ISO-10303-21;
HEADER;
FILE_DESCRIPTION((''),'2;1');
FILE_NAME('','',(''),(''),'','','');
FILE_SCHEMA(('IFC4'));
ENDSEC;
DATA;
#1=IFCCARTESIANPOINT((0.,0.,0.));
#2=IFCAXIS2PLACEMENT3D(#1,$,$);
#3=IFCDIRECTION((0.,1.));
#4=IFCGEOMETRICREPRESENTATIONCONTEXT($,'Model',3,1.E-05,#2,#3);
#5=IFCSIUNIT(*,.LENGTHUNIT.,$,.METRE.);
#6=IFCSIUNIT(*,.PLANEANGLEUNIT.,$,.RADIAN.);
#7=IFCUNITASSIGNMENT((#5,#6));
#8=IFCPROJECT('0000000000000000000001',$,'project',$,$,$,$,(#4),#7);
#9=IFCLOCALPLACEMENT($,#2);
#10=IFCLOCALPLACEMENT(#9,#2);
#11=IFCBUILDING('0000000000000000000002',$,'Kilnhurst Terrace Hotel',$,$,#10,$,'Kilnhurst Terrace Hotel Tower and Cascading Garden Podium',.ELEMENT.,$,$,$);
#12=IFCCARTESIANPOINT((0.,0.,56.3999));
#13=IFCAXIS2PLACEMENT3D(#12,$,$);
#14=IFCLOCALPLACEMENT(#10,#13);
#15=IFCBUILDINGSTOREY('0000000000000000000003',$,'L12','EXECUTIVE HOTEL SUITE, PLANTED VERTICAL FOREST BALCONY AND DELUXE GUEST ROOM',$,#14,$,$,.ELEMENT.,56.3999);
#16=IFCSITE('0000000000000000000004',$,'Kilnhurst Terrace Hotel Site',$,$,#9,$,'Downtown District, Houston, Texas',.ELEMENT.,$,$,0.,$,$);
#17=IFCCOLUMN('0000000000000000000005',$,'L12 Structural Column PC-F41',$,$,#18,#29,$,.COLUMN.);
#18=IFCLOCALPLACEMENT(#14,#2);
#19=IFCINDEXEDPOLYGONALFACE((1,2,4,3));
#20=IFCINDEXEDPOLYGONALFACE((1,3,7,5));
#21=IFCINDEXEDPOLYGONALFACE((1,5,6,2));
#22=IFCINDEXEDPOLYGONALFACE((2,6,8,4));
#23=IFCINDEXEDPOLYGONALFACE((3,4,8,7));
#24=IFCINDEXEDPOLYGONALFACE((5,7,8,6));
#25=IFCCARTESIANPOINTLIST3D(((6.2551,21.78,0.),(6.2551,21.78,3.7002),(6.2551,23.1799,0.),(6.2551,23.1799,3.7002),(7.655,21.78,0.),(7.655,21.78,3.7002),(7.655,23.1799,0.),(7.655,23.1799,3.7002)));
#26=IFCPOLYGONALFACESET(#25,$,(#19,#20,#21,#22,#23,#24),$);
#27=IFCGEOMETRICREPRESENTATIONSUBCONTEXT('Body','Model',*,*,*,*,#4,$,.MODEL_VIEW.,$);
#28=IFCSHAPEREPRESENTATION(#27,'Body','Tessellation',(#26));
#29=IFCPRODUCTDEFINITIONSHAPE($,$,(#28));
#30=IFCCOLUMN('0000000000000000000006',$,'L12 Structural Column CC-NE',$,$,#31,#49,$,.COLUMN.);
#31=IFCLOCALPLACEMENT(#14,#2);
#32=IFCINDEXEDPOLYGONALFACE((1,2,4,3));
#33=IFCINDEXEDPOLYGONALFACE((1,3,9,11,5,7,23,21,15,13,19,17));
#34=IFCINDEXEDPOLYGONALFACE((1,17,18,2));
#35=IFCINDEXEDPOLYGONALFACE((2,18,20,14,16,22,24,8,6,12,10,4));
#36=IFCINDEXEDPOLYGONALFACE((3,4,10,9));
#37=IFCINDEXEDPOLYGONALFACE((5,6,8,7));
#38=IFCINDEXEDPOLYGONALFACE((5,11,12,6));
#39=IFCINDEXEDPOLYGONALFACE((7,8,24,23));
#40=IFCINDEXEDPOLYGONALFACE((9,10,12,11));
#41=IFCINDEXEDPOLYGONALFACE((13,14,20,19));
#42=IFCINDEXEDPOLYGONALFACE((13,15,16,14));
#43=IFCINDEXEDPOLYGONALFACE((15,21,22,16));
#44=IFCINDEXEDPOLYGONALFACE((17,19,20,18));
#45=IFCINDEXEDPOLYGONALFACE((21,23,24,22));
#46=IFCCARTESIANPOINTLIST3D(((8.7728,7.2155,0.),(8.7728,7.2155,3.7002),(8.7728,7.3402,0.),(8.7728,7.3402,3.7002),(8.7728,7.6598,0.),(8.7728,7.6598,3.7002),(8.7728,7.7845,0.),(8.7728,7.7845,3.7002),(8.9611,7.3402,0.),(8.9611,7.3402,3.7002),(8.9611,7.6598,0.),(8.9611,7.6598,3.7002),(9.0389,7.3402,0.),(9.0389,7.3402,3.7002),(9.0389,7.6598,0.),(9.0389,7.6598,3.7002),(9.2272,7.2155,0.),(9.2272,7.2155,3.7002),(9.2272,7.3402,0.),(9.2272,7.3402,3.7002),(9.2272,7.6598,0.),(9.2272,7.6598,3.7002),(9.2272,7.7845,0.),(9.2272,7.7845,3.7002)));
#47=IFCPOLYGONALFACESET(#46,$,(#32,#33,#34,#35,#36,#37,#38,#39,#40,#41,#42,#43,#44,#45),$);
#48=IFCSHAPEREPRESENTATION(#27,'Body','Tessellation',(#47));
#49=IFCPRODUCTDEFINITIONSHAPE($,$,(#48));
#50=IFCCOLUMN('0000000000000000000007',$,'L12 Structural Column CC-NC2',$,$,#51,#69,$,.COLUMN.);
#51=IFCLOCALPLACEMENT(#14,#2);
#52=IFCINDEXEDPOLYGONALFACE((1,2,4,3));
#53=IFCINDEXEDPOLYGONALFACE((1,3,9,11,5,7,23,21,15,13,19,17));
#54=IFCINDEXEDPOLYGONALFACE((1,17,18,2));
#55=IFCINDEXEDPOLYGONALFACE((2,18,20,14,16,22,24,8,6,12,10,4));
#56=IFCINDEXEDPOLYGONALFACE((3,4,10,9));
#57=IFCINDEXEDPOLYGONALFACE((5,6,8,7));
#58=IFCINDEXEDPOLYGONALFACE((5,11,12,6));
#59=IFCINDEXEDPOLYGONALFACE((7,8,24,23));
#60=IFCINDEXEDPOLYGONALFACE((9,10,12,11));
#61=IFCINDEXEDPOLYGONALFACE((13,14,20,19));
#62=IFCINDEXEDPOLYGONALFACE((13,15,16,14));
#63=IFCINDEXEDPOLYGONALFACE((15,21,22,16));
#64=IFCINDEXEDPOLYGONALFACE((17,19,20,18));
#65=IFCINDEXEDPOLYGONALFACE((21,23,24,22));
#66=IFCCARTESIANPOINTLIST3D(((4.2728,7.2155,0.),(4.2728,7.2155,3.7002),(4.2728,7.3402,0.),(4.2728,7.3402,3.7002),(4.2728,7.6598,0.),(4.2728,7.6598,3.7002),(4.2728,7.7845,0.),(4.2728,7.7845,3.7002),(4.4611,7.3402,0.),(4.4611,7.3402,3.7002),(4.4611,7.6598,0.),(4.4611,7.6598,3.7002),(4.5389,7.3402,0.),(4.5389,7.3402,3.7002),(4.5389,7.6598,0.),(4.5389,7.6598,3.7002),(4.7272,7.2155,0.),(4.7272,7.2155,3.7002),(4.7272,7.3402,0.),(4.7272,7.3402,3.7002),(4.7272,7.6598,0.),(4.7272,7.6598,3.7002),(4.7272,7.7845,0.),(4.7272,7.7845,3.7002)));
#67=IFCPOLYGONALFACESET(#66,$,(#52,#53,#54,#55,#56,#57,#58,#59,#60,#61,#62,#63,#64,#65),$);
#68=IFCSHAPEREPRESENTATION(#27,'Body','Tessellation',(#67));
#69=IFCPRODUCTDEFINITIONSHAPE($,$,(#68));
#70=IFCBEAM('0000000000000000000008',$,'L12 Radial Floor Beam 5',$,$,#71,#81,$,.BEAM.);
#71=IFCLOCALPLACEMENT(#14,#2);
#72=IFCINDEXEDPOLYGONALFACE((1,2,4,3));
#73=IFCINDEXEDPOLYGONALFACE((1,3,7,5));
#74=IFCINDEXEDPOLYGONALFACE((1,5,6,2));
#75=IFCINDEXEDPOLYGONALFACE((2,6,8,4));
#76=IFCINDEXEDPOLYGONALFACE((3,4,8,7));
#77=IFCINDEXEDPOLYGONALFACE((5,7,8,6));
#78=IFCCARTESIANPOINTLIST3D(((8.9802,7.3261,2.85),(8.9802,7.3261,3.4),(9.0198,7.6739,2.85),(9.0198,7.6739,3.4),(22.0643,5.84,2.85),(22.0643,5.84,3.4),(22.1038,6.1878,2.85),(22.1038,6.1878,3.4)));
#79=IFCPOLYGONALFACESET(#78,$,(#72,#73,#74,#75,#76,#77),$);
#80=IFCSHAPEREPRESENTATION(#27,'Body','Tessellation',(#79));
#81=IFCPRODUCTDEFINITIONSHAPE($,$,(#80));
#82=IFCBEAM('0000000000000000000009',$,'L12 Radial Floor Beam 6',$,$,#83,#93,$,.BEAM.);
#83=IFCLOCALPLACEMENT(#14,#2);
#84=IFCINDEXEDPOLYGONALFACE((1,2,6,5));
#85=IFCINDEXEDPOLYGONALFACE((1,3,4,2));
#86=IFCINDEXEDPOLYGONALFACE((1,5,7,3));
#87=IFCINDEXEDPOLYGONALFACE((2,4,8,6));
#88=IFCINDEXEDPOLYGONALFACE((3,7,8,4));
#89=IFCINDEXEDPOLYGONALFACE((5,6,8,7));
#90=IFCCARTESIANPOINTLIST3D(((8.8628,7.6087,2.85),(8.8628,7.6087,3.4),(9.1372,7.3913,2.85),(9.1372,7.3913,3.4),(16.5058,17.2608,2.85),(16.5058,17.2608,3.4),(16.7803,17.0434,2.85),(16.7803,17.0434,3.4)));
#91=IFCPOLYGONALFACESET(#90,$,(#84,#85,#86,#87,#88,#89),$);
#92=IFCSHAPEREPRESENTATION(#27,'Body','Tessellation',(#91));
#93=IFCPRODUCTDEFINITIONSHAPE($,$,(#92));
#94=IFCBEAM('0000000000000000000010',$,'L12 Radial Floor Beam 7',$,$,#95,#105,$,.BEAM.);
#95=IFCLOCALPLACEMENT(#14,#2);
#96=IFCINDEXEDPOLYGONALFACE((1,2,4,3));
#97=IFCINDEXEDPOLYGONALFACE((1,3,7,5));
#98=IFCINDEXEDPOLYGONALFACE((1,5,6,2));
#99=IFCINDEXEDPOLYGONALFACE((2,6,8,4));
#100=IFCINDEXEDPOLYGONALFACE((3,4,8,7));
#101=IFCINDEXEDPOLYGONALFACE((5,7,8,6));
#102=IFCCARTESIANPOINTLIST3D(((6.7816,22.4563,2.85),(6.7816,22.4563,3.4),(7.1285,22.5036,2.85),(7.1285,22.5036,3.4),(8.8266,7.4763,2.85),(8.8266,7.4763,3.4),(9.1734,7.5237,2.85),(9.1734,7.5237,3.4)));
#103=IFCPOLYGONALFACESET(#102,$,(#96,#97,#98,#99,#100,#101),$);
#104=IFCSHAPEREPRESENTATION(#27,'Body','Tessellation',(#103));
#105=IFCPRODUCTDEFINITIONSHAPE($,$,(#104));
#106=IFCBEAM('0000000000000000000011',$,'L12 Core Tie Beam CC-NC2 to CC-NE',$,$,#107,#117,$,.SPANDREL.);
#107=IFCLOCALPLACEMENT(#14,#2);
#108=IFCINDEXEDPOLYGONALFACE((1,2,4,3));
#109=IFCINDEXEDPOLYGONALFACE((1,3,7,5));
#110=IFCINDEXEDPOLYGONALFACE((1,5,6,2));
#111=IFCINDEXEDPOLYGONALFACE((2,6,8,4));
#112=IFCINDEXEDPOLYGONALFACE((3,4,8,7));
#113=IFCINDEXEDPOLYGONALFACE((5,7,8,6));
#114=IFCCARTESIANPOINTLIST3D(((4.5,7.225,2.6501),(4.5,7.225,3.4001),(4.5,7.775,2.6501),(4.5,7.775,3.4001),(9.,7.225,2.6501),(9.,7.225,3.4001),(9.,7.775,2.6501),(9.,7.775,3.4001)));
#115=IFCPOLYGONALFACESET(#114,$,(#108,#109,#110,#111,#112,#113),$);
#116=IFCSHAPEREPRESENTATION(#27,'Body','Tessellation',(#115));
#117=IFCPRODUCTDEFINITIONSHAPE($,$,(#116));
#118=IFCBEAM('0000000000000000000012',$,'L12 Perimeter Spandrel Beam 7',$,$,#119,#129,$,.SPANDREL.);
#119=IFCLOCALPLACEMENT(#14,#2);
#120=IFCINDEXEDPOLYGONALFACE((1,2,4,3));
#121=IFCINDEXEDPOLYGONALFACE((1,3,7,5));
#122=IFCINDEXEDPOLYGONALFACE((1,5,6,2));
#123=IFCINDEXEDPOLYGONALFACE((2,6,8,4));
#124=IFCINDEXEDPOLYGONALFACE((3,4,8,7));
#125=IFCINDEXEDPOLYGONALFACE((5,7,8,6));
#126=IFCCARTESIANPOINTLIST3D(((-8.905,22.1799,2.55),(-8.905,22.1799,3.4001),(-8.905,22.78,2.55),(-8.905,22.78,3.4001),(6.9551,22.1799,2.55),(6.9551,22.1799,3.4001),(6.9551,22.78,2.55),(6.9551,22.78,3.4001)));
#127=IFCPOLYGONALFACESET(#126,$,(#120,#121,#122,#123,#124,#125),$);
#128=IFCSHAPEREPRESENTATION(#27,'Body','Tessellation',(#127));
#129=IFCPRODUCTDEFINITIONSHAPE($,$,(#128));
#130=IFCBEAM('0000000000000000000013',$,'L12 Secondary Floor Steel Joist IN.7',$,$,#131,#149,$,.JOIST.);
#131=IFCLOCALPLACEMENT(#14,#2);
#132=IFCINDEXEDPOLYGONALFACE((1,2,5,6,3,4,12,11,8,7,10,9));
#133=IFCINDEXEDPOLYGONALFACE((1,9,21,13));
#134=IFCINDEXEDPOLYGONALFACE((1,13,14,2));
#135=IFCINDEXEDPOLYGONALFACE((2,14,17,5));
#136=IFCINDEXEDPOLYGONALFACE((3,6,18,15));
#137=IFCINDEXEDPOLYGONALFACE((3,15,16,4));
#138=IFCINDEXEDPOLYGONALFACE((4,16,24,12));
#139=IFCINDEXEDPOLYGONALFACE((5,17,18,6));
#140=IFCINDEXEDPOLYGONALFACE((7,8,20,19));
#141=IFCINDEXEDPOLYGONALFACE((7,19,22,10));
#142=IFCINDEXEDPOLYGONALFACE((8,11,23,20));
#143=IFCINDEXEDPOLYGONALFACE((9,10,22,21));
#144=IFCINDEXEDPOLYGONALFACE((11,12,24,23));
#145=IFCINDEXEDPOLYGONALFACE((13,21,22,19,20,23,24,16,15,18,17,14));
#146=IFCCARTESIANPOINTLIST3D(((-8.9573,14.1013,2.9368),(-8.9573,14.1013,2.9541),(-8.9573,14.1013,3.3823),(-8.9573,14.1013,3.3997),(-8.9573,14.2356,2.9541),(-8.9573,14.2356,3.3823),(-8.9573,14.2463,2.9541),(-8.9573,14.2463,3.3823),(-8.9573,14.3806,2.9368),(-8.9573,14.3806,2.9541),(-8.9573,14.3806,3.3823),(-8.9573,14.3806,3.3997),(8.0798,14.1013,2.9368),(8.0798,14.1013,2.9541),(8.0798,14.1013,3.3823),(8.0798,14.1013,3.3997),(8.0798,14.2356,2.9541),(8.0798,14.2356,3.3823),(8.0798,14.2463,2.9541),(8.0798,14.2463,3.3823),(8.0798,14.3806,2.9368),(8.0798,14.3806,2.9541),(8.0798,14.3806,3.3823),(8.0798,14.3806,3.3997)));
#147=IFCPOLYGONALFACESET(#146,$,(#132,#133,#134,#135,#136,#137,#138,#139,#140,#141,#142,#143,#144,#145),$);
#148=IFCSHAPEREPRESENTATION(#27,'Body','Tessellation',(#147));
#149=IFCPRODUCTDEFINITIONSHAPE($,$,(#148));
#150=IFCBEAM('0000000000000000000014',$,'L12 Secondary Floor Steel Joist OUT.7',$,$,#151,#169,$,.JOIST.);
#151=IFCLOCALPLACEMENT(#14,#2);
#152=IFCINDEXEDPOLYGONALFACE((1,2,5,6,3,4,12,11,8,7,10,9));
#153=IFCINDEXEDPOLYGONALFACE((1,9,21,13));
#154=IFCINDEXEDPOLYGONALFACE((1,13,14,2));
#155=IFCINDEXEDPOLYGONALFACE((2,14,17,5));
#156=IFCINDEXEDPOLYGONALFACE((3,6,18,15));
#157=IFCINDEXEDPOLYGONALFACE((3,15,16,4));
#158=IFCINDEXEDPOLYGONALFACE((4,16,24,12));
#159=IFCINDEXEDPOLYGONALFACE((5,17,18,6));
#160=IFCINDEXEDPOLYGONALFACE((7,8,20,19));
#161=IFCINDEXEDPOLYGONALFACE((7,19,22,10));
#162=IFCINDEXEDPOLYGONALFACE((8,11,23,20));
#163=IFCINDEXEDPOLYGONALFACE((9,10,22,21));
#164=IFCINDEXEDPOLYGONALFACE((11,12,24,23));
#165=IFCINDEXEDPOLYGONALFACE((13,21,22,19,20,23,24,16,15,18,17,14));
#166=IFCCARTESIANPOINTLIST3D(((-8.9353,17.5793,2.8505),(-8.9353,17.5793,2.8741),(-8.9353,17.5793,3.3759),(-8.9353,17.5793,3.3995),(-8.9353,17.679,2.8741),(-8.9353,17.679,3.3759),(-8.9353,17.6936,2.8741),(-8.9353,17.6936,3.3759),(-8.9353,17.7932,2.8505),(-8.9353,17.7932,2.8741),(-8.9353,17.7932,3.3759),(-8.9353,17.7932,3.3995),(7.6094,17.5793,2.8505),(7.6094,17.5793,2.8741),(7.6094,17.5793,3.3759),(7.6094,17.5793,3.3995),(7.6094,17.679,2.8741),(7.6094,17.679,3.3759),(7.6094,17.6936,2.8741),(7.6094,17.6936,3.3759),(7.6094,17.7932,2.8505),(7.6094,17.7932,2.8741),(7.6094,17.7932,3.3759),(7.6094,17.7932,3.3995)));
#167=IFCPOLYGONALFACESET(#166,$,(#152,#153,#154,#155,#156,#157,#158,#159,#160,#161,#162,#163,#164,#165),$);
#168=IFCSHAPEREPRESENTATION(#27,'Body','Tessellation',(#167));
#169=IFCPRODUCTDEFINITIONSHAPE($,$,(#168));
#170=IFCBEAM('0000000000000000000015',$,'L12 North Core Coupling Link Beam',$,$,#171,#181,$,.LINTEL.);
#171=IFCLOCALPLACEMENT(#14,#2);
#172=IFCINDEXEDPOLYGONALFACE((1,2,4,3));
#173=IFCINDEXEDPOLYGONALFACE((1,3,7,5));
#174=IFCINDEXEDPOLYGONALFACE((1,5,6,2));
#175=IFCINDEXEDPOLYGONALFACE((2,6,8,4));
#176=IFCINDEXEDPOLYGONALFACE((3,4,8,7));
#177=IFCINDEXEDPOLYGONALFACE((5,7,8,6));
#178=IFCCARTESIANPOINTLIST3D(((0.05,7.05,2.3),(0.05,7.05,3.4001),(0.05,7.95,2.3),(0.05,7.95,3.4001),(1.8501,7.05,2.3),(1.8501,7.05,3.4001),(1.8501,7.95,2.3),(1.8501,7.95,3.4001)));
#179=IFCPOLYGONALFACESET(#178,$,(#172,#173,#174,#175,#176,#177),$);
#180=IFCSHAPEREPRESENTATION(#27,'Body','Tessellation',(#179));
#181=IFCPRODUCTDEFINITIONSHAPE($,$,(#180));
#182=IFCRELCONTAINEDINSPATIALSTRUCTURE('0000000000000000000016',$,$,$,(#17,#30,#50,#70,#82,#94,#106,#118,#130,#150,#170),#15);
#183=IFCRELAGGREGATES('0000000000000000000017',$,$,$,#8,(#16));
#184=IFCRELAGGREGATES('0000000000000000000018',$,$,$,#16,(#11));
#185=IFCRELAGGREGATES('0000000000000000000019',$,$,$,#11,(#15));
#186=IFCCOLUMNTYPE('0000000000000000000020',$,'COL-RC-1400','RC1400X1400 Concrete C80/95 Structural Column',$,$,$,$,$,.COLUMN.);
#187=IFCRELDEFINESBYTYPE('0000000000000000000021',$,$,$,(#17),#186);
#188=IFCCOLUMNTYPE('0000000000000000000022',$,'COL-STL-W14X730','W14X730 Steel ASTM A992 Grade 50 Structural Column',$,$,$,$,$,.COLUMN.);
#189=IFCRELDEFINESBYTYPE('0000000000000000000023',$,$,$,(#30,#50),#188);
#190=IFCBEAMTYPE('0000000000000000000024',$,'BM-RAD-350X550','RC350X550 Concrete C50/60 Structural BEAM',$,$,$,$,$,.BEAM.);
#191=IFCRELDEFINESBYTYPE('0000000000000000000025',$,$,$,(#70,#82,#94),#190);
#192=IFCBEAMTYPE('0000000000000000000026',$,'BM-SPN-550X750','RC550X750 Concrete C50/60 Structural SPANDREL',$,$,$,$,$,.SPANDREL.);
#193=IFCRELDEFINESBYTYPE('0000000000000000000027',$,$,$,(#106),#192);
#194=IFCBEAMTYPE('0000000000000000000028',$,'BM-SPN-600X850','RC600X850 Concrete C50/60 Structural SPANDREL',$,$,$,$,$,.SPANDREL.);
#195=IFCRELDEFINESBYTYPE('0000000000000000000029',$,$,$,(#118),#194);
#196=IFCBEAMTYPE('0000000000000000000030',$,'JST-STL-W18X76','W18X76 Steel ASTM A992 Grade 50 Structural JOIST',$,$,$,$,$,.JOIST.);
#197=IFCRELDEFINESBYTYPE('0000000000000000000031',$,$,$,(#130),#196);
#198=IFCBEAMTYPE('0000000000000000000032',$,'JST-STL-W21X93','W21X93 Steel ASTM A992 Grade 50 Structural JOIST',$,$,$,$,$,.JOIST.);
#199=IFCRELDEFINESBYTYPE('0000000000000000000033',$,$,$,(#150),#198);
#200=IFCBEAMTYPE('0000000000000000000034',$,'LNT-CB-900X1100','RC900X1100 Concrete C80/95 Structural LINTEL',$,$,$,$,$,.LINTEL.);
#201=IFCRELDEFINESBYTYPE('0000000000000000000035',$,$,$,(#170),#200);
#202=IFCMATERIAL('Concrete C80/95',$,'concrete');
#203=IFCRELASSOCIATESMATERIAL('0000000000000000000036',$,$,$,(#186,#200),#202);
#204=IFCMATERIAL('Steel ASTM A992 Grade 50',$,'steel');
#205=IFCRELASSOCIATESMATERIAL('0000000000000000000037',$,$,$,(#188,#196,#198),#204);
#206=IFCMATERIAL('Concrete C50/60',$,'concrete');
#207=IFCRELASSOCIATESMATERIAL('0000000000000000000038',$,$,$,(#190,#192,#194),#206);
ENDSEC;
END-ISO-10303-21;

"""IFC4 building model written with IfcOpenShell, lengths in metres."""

from ifc_helpers import new_model, si_unit, direction, frame, origin, origin_2d, place, context, subcontext, project, spatial, rectangle, i_section, extrude, material, material_profile, profile_set, type_object, element, save


model = new_model("IFC4")

# Units and contexts
model_context = context("Model", 3, precision=1e-05, world=origin(), true_north=direction((0.0, 1.0)))
body_context = subcontext(model_context, "Body", "Model", "MODEL_VIEW")
ifc_project = project(units=[si_unit("LENGTHUNIT", "METRE"), si_unit("PLANEANGLEUNIT", "RADIAN")], contexts=[model_context])

# Site, building, storey
site_placement = place(None, origin())
site = spatial("IfcSite", under=ifc_project, at=site_placement, Name="Kilnhurst Terrace Hotel Site", LongName="Downtown District, Houston, Texas", CompositionType="ELEMENT", RefElevation=0.0)
building_placement = place(site_placement, origin())
building = spatial("IfcBuilding", under=site, at=building_placement, Name="Kilnhurst Terrace Hotel", LongName="Kilnhurst Terrace Hotel Tower and Cascading Garden Podium", CompositionType="ELEMENT")
storey_placement = place(building_placement, frame((0.0, 0.0, 56.3999)))
storey = spatial("IfcBuildingStorey", under=building, at=storey_placement, Name="L12", Description="EXECUTIVE HOTEL SUITE, PLANTED VERTICAL FOREST BALCONY AND DELUXE GUEST ROOM", CompositionType="ELEMENT", Elevation=56.3999)

# Columns
ifc_material_1 = material(Name="Concrete C80/95", Category="concrete")
ifc_material_profile_1 = material_profile(ifc_material_1, rectangle(XDim=1.3999, YDim=1.3999, at=origin_2d()), Name="RC1400X1400")
ifc_profile_set_1 = profile_set([ifc_material_profile_1], Name="Concrete C80/95")
column_type_1 = type_object("IfcColumnType", Name="COL-RC-1400", Description="RC1400X1400 Concrete C80/95 Structural Column", PredefinedType="COLUMN", material=ifc_profile_set_1)
column_placement = place(storey_placement, frame((6.9551, 22.48, 0.0), z_axis=(0.0, 0.0, 1.0), x_axis=(1.0, 0.0, 0.0)))
element("IfcColumn", 1, at=column_placement, inside=storey, type_object=column_type_1, Name="L12 Structural Column PC-F41", PredefinedType="COLUMN", context=body_context, shape_type="SweptSolid", body=[
    extrude(rectangle(XDim=1.3999, YDim=1.3999, at=origin_2d()), origin(), (0.0, 0.0, 1.0), 3.7002),
])
ifc_material_2 = material(Name="Steel ASTM A992 Grade 50", Category="steel")
ifc_material_profile_2 = material_profile(ifc_material_2, i_section(OverallWidth=0.4543, OverallDepth=0.5691, WebThickness=0.0779, FlangeThickness=0.1248, at=origin_2d()), Name="W14X730")
ifc_profile_set_2 = profile_set([ifc_material_profile_2], Name="Steel ASTM A992 Grade 50")
column_type_2 = type_object("IfcColumnType", Name="COL-STL-W14X730", Description="W14X730 Steel ASTM A992 Grade 50 Structural Column", PredefinedType="COLUMN", material=ifc_profile_set_2)
for number, where, z_axis, x_axis, name in (
    (2, (9.0, 7.5, 0.0), (0.0, 0.0, 1.0), (1.0, 0.0, 0.0), "L12 Structural Column CC-NE"),
    (3, (4.5, 7.5, 0.0), (0.0, 0.0, 1.0), (1.0, 0.0, 0.0), "L12 Structural Column CC-NC2"),
):
    element("IfcColumn", number, at=place(storey_placement, frame(where, z_axis=z_axis, x_axis=x_axis)), inside=storey, type_object=column_type_2, Name=name, PredefinedType="COLUMN", context=body_context, shape_type="SweptSolid", body=[
        extrude(i_section(OverallWidth=0.4543, OverallDepth=0.5691, WebThickness=0.0779, FlangeThickness=0.1248, at=origin_2d()), origin(), (0.0, 0.0, 1.0), 3.7002),
    ])

# Beams
ifc_material_3 = material(Name="Concrete C50/60", Category="concrete")
ifc_material_profile_3 = material_profile(ifc_material_3, rectangle(XDim=0.3501, YDim=0.55, at=origin_2d()), Name="RC350X550")
ifc_profile_set_3 = profile_set([ifc_material_profile_3], Name="Concrete C50/60")
beam_type_1 = type_object("IfcBeamType", Name="BM-RAD-350X550", Description="RC350X550 Concrete C50/60 Structural BEAM", PredefinedType="BEAM", material=ifc_profile_set_3)
beam_1_placement = place(storey_placement, frame((9.0, 7.5, 3.125), z_axis=(0.993611, -0.112855, 0.0), x_axis=(0.112855, 0.993611, 0.0)))
element("IfcBeam", 4, at=beam_1_placement, inside=storey, type_object=beam_type_1, Name="L12 Radial Floor Beam 5", PredefinedType="BEAM", context=body_context, shape_type="SweptSolid", body=[
    extrude(rectangle(XDim=0.3501, YDim=0.55, at=origin_2d()), origin(), (0.0, 0.0, 1.0), 13.1682),
])
beam_2_placement = place(storey_placement, frame((9.0, 7.5, 3.125), z_axis=(0.620794, 0.783974, 0.0), x_axis=(-0.783974, 0.620794, 0.0)))
element("IfcBeam", 5, at=beam_2_placement, inside=storey, type_object=beam_type_1, Name="L12 Radial Floor Beam 6", PredefinedType="BEAM", context=body_context, shape_type="SweptSolid", body=[
    extrude(rectangle(XDim=0.3501, YDim=0.55, at=origin_2d()), origin(), (0.0, 0.0, 1.0), 12.3118),
])
beam_3_placement = place(storey_placement, frame((9.0, 7.5, 3.125), z_axis=(-0.135256, 0.990811, 0.0), x_axis=(-0.990811, -0.135256, 0.0)))
element("IfcBeam", 6, at=beam_3_placement, inside=storey, type_object=beam_type_1, Name="L12 Radial Floor Beam 7", PredefinedType="BEAM", context=body_context, shape_type="SweptSolid", body=[
    extrude(rectangle(XDim=0.3501, YDim=0.55, at=origin_2d()), origin(), (0.0, 0.0, 1.0), 15.1189),
])
ifc_material_profile_4 = material_profile(ifc_material_3, rectangle(XDim=0.55, YDim=0.75, at=origin_2d()), Name="RC550X750")
ifc_profile_set_4 = profile_set([ifc_material_profile_4], Name="Concrete C50/60")
beam_type_2 = type_object("IfcBeamType", Name="BM-SPN-550X750", Description="RC550X750 Concrete C50/60 Structural SPANDREL", PredefinedType="SPANDREL", material=ifc_profile_set_4)
beam_4_placement = place(storey_placement, frame((4.5, 7.5, 3.0251), z_axis=(1.0, 0.0, 0.0), x_axis=(0.0, 1.0, 0.0)))
element("IfcBeam", 7, at=beam_4_placement, inside=storey, type_object=beam_type_2, Name="L12 Core Tie Beam CC-NC2 to CC-NE", PredefinedType="SPANDREL", context=body_context, shape_type="SweptSolid", body=[
    extrude(rectangle(XDim=0.55, YDim=0.75, at=origin_2d()), origin(), (0.0, 0.0, 1.0), 4.5),
])
ifc_material_profile_5 = material_profile(ifc_material_3, rectangle(XDim=0.6001, YDim=0.8501, at=origin_2d()), Name="RC600X850")
ifc_profile_set_5 = profile_set([ifc_material_profile_5], Name="Concrete C50/60")
beam_type_3 = type_object("IfcBeamType", Name="BM-SPN-600X850", Description="RC600X850 Concrete C50/60 Structural SPANDREL", PredefinedType="SPANDREL", material=ifc_profile_set_5)
beam_5_placement = place(storey_placement, frame((6.9551, 22.48, 2.9751), z_axis=(-1.0, 0.0, 0.0), x_axis=(0.0, -1.0, 0.0)))
element("IfcBeam", 8, at=beam_5_placement, inside=storey, type_object=beam_type_3, Name="L12 Perimeter Spandrel Beam 7", PredefinedType="SPANDREL", context=body_context, shape_type="SweptSolid", body=[
    extrude(rectangle(XDim=0.6001, YDim=0.8501, at=origin_2d()), origin(), (0.0, 0.0, 1.0), 15.8601),
])
ifc_material_profile_6 = material_profile(ifc_material_2, i_section(OverallWidth=0.2793, OverallDepth=0.4629, WebThickness=0.0107, FlangeThickness=0.0173, at=origin_2d()), Name="W18X76")
ifc_profile_set_6 = profile_set([ifc_material_profile_6], Name="Steel ASTM A992 Grade 50")
beam_type_4 = type_object("IfcBeamType", Name="JST-STL-W18X76", Description="W18X76 Steel ASTM A992 Grade 50 Structural JOIST", PredefinedType="JOIST", material=ifc_profile_set_6)
beam_6_placement = place(storey_placement, frame((8.0798, 14.241, 3.1682), z_axis=(-1.0, 0.0, 0.0), x_axis=(0.0, -1.0, 0.0)))
element("IfcBeam", 9, at=beam_6_placement, inside=storey, type_object=beam_type_4, Name="L12 Secondary Floor Steel Joist IN.7", PredefinedType="JOIST", context=body_context, shape_type="SweptSolid", body=[
    extrude(i_section(OverallWidth=0.2793, OverallDepth=0.4629, WebThickness=0.0107, FlangeThickness=0.0173, at=origin_2d()), origin(), (0.0, 0.0, 1.0), 17.0371),
])
ifc_material_profile_7 = material_profile(ifc_material_2, i_section(OverallWidth=0.2139, OverallDepth=0.5491, WebThickness=0.0146, FlangeThickness=0.0237, at=origin_2d()), Name="W21X93")
ifc_profile_set_7 = profile_set([ifc_material_profile_7], Name="Steel ASTM A992 Grade 50")
beam_type_5 = type_object("IfcBeamType", Name="JST-STL-W21X93", Description="W21X93 Steel ASTM A992 Grade 50 Structural JOIST", PredefinedType="JOIST", material=ifc_profile_set_7)
beam_7_placement = place(storey_placement, frame((7.6094, 17.6863, 3.125), z_axis=(-1.0, 0.0, 0.0), x_axis=(0.0, -1.0, 0.0)))
element("IfcBeam", 10, at=beam_7_placement, inside=storey, type_object=beam_type_5, Name="L12 Secondary Floor Steel Joist OUT.7", PredefinedType="JOIST", context=body_context, shape_type="SweptSolid", body=[
    extrude(i_section(OverallWidth=0.2139, OverallDepth=0.5491, WebThickness=0.0146, FlangeThickness=0.0237, at=origin_2d()), origin(), (0.0, 0.0, 1.0), 16.5447),
])
ifc_material_profile_8 = material_profile(ifc_material_1, rectangle(XDim=0.8999, YDim=1.1001, at=origin_2d()), Name="RC900X1100")
ifc_profile_set_8 = profile_set([ifc_material_profile_8], Name="Concrete C80/95")
beam_type_6 = type_object("IfcBeamType", Name="LNT-CB-900X1100", Description="RC900X1100 Concrete C80/95 Structural LINTEL", PredefinedType="LINTEL", material=ifc_profile_set_8)
beam_8_placement = place(storey_placement, frame((0.05, 7.5, 2.8501), z_axis=(1.0, 0.0, 0.0), x_axis=(0.0, 1.0, 0.0)))
element("IfcBeam", 11, at=beam_8_placement, inside=storey, type_object=beam_type_6, Name="L12 North Core Coupling Link Beam", PredefinedType="LINTEL", context=body_context, shape_type="SweptSolid", body=[
    extrude(rectangle(XDim=0.8999, YDim=1.1001, at=origin_2d()), origin(), (0.0, 0.0, 1.0), 1.8),
])

save(model, "model.ifc")
